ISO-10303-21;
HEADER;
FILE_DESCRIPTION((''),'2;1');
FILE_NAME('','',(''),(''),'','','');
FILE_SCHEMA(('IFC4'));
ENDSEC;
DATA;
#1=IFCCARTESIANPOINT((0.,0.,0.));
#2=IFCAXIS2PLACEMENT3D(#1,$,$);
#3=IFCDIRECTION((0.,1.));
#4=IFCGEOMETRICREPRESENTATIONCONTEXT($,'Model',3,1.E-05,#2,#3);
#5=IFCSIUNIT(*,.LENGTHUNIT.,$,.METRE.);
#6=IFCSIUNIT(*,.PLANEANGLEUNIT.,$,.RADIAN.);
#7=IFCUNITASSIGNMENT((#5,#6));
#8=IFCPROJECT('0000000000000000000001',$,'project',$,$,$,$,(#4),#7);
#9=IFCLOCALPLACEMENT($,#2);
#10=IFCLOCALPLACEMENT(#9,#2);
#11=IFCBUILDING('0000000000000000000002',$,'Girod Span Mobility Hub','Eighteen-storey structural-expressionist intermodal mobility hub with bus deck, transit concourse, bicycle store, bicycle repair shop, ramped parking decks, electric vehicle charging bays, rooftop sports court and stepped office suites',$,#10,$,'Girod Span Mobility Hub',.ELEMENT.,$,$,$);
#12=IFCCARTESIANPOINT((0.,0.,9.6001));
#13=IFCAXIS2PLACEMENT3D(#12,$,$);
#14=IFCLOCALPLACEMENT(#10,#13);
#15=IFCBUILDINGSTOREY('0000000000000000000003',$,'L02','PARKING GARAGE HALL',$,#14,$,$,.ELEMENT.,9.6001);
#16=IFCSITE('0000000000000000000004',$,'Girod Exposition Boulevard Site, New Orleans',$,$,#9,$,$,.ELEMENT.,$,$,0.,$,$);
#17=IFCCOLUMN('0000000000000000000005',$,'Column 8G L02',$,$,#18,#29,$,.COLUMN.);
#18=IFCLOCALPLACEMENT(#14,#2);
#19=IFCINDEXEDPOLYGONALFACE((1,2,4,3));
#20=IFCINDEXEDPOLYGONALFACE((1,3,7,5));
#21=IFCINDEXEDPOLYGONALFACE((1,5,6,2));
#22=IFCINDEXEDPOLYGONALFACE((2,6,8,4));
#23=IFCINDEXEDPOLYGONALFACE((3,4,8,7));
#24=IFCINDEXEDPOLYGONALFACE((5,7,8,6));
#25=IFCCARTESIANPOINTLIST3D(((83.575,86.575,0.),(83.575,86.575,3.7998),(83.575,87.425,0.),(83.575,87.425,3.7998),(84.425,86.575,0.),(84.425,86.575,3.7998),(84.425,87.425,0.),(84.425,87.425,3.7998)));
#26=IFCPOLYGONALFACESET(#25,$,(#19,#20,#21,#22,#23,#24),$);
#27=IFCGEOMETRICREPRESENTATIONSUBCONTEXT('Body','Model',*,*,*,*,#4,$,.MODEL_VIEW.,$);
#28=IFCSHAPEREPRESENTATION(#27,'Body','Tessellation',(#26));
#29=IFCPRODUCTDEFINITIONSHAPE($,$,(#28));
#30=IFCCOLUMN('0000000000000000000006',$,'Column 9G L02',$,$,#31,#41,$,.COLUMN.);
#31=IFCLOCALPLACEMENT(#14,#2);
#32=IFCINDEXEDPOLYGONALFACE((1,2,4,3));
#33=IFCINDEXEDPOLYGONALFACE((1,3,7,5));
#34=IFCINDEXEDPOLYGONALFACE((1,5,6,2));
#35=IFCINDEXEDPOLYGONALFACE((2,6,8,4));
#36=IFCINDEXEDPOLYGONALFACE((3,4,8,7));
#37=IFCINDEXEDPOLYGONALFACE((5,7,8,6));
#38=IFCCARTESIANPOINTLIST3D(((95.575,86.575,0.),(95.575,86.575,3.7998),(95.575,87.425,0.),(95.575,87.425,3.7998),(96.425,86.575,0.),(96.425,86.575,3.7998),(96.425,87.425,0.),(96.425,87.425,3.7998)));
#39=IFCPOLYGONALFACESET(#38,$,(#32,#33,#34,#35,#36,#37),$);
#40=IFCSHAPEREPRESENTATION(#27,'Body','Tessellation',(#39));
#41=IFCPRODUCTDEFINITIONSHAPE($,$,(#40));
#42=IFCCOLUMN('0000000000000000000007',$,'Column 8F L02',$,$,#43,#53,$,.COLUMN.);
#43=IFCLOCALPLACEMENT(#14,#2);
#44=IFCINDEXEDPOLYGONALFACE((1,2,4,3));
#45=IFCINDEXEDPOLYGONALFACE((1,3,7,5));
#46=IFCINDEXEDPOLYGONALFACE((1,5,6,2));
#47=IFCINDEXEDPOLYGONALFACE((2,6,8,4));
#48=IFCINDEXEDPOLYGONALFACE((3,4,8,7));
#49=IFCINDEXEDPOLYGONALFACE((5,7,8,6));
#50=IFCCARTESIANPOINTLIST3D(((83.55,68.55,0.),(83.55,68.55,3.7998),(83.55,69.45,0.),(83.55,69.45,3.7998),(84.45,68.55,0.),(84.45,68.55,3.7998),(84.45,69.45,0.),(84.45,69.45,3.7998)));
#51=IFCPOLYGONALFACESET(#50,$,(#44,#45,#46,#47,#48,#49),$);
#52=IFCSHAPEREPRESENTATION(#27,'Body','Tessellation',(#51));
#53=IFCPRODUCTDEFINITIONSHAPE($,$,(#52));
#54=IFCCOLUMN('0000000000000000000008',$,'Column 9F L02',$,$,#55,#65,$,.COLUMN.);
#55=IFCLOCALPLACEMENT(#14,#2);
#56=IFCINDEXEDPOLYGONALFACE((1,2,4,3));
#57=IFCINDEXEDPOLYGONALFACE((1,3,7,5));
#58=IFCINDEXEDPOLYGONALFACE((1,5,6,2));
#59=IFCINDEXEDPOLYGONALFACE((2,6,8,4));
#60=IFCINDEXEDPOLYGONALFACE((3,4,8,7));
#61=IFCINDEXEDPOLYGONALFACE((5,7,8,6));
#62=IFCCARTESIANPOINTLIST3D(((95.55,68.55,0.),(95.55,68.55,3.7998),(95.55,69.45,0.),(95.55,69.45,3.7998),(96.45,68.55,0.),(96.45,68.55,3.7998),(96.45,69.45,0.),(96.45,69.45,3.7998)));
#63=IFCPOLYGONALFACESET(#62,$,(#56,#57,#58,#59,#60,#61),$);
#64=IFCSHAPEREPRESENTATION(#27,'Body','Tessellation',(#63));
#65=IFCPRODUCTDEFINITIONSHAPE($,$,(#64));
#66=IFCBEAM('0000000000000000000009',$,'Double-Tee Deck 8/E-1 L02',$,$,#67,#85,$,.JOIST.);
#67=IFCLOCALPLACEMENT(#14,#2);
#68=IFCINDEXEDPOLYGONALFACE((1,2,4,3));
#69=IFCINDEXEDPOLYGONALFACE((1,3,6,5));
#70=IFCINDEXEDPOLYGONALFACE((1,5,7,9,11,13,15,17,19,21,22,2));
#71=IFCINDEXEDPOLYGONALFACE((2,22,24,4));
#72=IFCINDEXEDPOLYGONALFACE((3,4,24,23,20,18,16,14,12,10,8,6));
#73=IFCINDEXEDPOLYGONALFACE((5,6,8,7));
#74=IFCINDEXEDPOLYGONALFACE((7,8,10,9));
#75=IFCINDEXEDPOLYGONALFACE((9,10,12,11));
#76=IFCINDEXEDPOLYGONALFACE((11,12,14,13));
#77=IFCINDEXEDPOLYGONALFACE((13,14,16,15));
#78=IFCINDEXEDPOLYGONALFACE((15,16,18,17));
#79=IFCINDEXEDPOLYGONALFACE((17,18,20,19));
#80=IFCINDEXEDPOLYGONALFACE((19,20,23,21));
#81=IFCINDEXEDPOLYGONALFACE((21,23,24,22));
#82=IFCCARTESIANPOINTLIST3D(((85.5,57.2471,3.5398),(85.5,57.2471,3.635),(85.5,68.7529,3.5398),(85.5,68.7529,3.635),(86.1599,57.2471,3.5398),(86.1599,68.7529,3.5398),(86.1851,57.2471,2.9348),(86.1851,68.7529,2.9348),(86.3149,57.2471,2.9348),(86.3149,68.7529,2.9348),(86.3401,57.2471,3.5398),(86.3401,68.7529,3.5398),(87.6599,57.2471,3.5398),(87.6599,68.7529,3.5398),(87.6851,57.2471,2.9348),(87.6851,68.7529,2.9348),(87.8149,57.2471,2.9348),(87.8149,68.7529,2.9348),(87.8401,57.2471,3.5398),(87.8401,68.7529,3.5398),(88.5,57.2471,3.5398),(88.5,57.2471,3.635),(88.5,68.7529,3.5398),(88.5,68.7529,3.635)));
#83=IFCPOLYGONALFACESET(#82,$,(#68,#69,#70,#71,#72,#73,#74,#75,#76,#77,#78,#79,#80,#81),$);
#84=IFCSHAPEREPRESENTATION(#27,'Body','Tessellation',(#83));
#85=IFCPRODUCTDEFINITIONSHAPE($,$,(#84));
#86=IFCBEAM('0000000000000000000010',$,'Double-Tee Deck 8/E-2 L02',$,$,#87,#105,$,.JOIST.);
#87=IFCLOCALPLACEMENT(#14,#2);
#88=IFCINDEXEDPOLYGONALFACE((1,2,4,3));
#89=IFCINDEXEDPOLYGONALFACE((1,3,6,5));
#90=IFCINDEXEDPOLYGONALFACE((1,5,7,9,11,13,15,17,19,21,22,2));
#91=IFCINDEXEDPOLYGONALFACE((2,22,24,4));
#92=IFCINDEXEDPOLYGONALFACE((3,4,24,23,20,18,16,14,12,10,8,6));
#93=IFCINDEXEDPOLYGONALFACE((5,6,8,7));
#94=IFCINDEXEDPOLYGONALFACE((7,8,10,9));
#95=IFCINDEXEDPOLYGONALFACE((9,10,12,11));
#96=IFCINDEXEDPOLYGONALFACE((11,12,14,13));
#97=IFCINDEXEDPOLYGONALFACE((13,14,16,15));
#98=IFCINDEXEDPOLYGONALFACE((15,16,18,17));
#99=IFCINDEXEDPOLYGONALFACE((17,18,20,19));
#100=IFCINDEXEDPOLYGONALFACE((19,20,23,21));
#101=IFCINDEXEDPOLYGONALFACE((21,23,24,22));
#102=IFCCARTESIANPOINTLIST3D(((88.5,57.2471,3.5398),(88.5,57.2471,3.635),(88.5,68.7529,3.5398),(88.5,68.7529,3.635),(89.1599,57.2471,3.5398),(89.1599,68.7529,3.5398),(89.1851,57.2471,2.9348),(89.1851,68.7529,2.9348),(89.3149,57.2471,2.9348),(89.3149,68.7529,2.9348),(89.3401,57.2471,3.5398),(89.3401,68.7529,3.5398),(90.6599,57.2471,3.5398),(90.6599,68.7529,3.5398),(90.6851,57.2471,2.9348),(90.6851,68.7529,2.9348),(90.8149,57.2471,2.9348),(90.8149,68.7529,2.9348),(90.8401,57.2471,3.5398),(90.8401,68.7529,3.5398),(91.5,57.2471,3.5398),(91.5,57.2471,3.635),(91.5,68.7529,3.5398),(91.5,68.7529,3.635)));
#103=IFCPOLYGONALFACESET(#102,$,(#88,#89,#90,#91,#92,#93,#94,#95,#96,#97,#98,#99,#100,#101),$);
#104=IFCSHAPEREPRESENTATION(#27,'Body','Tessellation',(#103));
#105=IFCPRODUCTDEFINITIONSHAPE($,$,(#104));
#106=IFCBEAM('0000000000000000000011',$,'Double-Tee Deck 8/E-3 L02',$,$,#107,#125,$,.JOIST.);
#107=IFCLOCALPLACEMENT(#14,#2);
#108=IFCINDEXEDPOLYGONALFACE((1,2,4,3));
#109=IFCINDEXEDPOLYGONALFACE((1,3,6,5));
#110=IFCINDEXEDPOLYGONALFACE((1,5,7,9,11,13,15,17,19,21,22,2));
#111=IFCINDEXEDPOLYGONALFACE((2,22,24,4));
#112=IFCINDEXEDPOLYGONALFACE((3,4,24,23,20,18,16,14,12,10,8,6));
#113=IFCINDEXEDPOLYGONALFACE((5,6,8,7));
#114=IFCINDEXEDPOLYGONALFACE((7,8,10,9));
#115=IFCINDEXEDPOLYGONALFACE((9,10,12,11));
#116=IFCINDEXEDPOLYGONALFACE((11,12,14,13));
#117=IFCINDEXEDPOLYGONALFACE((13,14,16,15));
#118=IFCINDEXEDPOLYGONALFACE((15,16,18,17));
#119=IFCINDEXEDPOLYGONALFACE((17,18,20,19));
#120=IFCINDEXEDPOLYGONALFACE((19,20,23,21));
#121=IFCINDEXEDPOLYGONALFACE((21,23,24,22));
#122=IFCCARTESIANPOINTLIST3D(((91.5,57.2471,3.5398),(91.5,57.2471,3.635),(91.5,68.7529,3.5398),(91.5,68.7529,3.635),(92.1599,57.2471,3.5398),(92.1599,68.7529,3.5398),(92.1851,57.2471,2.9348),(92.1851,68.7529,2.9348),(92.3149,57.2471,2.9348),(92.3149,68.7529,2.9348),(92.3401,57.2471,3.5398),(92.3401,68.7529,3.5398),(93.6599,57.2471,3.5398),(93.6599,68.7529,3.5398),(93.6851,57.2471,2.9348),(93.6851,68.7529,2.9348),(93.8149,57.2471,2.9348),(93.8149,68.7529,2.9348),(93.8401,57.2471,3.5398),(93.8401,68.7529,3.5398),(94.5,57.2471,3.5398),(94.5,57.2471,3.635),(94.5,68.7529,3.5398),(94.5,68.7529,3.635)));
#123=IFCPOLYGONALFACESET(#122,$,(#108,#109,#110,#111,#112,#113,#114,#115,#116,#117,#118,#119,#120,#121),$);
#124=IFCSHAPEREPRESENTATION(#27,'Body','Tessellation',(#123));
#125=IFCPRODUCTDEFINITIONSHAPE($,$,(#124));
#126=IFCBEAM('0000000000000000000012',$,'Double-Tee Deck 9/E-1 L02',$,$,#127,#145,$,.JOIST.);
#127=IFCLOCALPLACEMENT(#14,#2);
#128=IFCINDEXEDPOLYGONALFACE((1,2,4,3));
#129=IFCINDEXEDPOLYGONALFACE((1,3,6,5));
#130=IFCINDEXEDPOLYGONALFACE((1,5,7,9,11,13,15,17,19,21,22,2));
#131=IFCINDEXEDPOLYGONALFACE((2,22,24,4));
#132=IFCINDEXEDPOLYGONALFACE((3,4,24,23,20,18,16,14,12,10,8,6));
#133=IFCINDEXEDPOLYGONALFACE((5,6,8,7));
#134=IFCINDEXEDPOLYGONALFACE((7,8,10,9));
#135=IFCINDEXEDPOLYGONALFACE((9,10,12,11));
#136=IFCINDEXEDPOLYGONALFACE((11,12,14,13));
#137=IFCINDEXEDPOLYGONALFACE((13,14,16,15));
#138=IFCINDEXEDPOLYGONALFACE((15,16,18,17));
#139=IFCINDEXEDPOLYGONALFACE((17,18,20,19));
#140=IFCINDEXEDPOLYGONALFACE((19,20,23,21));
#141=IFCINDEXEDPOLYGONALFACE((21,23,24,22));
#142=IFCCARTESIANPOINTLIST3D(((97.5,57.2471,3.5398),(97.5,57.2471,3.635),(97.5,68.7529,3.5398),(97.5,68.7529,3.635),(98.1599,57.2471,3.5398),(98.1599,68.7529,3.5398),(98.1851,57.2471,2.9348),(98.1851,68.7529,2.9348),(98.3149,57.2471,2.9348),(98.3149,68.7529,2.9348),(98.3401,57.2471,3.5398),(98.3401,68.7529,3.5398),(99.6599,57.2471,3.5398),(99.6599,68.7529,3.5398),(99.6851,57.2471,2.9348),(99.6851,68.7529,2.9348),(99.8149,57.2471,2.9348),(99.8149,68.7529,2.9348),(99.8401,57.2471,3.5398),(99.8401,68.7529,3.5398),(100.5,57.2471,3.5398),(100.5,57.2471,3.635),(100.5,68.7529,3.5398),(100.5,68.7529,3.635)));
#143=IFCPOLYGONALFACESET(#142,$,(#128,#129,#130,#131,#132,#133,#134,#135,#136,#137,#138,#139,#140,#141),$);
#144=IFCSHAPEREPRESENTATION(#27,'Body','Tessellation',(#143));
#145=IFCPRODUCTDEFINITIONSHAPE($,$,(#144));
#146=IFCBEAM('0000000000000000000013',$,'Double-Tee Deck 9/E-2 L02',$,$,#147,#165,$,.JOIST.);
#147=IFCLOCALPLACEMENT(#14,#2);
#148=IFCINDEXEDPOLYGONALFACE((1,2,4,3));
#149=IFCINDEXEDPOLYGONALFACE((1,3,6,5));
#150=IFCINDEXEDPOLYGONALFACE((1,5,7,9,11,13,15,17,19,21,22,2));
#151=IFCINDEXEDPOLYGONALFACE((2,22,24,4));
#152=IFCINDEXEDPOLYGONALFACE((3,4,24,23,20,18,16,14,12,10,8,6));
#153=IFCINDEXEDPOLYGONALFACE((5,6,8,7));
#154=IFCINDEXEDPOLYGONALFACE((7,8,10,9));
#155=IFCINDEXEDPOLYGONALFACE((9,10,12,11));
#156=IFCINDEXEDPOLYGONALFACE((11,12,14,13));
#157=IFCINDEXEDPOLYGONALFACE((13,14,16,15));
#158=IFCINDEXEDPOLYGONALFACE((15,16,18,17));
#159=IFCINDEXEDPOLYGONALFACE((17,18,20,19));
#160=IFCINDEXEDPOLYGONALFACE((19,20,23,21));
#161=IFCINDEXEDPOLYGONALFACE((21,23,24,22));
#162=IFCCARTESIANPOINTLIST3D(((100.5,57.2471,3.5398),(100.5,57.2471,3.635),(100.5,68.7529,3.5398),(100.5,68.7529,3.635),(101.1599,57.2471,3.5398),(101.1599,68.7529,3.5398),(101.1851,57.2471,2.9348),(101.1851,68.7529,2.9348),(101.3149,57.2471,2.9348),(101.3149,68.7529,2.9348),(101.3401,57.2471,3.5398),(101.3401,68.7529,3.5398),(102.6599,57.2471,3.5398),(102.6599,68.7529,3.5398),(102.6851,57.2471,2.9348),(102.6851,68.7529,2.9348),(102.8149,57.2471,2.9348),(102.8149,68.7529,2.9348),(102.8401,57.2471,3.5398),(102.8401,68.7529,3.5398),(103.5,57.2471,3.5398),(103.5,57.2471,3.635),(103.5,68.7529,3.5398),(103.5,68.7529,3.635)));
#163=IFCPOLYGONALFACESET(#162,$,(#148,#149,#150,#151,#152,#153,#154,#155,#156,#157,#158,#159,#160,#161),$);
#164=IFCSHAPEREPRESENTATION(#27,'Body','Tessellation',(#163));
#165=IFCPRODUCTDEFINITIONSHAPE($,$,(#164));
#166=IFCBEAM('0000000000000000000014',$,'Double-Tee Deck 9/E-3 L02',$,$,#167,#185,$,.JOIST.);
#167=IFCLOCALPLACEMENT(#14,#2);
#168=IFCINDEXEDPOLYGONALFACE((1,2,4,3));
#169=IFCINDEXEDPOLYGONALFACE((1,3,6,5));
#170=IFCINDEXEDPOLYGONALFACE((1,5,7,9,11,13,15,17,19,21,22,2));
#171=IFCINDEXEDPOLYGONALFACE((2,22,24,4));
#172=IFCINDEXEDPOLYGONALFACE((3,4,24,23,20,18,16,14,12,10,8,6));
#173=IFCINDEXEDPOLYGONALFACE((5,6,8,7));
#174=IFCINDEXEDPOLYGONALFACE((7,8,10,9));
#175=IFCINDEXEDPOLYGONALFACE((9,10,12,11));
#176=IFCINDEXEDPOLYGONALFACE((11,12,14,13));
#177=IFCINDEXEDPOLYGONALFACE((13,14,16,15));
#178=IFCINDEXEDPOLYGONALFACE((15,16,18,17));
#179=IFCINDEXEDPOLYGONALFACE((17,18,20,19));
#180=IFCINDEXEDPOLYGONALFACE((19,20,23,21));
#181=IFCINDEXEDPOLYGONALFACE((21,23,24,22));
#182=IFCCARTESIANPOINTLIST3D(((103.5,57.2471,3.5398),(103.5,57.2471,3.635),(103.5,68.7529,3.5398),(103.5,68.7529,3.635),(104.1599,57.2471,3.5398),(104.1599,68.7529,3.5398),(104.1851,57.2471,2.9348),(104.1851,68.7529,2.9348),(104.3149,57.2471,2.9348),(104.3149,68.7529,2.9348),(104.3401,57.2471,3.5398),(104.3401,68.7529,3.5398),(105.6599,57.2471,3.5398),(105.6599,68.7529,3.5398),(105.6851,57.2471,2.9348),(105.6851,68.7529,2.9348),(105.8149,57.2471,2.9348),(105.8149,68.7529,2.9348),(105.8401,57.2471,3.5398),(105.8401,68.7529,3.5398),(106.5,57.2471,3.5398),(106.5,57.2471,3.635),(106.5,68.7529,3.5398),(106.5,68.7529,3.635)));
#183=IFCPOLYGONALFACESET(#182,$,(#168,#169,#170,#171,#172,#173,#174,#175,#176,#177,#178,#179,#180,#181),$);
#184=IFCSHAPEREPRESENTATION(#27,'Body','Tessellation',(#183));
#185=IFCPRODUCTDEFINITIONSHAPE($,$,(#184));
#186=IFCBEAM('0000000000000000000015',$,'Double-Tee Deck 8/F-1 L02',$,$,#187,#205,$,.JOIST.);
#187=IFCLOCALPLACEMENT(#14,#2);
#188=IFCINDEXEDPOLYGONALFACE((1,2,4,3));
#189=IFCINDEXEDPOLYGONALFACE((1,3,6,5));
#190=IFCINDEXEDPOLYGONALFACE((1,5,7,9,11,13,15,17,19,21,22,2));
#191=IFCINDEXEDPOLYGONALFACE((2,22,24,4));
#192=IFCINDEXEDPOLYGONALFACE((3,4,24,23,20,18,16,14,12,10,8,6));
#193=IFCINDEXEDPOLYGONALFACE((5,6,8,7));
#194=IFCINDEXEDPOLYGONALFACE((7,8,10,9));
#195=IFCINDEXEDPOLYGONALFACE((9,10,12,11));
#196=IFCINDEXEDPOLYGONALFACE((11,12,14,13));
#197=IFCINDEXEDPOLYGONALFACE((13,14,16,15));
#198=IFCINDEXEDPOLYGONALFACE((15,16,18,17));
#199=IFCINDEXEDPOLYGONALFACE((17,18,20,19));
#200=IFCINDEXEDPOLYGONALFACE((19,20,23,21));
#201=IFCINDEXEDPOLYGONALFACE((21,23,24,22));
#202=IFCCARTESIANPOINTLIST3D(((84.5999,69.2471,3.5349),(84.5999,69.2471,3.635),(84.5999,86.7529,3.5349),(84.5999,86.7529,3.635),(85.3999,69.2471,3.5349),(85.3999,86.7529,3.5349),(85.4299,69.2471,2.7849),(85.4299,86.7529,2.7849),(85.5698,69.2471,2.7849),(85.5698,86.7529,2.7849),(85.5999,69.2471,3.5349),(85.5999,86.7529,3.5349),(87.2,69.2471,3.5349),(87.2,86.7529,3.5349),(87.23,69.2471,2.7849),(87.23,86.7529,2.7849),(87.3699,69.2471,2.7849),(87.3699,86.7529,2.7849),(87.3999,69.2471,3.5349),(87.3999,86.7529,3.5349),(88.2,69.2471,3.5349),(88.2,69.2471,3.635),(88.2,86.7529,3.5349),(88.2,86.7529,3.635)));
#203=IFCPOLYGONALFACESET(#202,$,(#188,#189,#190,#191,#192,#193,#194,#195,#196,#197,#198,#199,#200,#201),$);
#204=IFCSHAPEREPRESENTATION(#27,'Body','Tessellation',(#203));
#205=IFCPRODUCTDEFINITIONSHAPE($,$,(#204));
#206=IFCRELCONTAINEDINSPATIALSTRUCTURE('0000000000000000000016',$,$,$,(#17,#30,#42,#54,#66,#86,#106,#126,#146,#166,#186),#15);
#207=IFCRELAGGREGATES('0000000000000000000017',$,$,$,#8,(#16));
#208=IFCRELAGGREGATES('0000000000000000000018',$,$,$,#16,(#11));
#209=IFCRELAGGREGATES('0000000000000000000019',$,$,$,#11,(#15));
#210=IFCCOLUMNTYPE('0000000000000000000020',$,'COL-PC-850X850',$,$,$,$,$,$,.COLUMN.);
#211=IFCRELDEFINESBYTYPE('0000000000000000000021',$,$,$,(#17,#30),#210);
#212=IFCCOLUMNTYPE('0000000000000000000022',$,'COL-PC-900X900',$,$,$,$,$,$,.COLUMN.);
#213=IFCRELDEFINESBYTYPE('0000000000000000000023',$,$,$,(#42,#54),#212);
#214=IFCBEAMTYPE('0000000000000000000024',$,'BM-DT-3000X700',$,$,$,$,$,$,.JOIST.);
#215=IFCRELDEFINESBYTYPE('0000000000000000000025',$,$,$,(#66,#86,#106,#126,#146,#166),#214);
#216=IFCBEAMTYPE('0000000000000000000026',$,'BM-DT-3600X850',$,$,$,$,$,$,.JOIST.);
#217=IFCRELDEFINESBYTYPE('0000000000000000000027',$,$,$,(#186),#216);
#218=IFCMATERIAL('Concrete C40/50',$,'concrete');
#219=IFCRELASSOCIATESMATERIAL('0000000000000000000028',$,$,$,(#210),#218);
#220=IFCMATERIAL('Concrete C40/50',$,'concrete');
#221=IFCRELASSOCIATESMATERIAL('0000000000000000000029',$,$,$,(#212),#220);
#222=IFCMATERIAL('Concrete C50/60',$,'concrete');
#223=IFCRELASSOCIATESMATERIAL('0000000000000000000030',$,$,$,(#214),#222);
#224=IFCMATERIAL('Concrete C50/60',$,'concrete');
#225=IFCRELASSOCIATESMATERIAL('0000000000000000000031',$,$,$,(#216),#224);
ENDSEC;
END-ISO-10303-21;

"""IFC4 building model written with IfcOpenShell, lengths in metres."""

from ifc_helpers import new_model, si_unit, direction, frame, origin, origin_2d, place, context, subcontext, project, spatial, polyline, rectangle, outline, extrude, material, material_profile, profile_set, type_object, element, save


model = new_model("IFC4")

# Units and contexts
model_context = context("Model", 3, precision=1e-05, world=origin(), true_north=direction((0.0, 1.0)))
body_context = subcontext(model_context, "Body", "Model", "MODEL_VIEW")
ifc_project = project(units=[si_unit("LENGTHUNIT", "METRE"), si_unit("PLANEANGLEUNIT", "RADIAN")], contexts=[model_context])

# Site, building, storey
site_placement = place(None, origin())
site = spatial("IfcSite", under=ifc_project, at=site_placement, Name="Girod Exposition Boulevard Site, New Orleans", CompositionType="ELEMENT", RefElevation=0.0)
building_placement = place(site_placement, origin())
building = spatial("IfcBuilding", under=site, at=building_placement, Name="Girod Span Mobility Hub", Description="Eighteen-storey structural-expressionist intermodal mobility hub with bus deck, transit concourse, bicycle store, bicycle repair shop, ramped parking decks, electric vehicle charging bays, rooftop sports court and stepped office suites", LongName="Girod Span Mobility Hub", CompositionType="ELEMENT")
storey_placement = place(building_placement, frame((0.0, 0.0, 9.6001)))
storey = spatial("IfcBuildingStorey", under=building, at=storey_placement, Name="L02", Description="PARKING GARAGE HALL", CompositionType="ELEMENT", Elevation=9.6001)

# Columns
ifc_material_1 = material(Name="Concrete C40/50", Category="concrete")
ifc_material_profile_1 = material_profile(ifc_material_1, rectangle(XDim=0.8501, YDim=0.8501, at=origin_2d()), Name="PC-COL-850X850")
ifc_profile_set_1 = profile_set([ifc_material_profile_1], Name="Concrete C40/50")
column_type_1 = type_object("IfcColumnType", Name="COL-PC-850X850", PredefinedType="COLUMN", material=ifc_profile_set_1)
for number, where, z_axis, x_axis, name in (
    (1, (84.0, 87.0, 0.0), (0.0, 0.0, 1.0), (1.0, 0.0, 0.0), "Column 8G L02"),
    (2, (96.0, 87.0, 0.0), (0.0, 0.0, 1.0), (1.0, 0.0, 0.0), "Column 9G L02"),
):
    element("IfcColumn", number, at=place(storey_placement, frame(where, z_axis=z_axis, x_axis=x_axis)), inside=storey, type_object=column_type_1, Name=name, PredefinedType="COLUMN", context=body_context, shape_type="SweptSolid", body=[
        extrude(rectangle(XDim=0.8501, YDim=0.8501, at=origin_2d()), origin(), (0.0, 0.0, 1.0), 3.7998),
    ])
ifc_material_2 = material(Name="Concrete C40/50", Category="concrete")
ifc_material_profile_2 = material_profile(ifc_material_2, rectangle(XDim=0.8999, YDim=0.8999, at=origin_2d()), Name="PC-COL-900X900")
ifc_profile_set_2 = profile_set([ifc_material_profile_2], Name="Concrete C40/50")
column_type_2 = type_object("IfcColumnType", Name="COL-PC-900X900", PredefinedType="COLUMN", material=ifc_profile_set_2)
for number, where, z_axis, x_axis, name in (
    (3, (84.0, 69.0, 0.0), (0.0, 0.0, 1.0), (1.0, 0.0, 0.0), "Column 8F L02"),
    (4, (96.0, 69.0, 0.0), (0.0, 0.0, 1.0), (1.0, 0.0, 0.0), "Column 9F L02"),
):
    element("IfcColumn", number, at=place(storey_placement, frame(where, z_axis=z_axis, x_axis=x_axis)), inside=storey, type_object=column_type_2, Name=name, PredefinedType="COLUMN", context=body_context, shape_type="SweptSolid", body=[
        extrude(rectangle(XDim=0.8999, YDim=0.8999, at=origin_2d()), origin(), (0.0, 0.0, 1.0), 3.7998),
    ])

# Beams
ifc_material_3 = material(Name="Concrete C50/60", Category="concrete")
ifc_material_profile_3 = material_profile(ifc_material_3, outline(polyline([(-1.5, 0.3501), (-1.5, 0.2549), (-0.8401, 0.2549), (-0.8149, -0.3501), (-0.6851, -0.3501), (-0.6599, 0.2549), (0.6599, 0.2549), (0.6851, -0.3501), (0.8149, -0.3501), (0.8401, 0.2549), (1.5, 0.2549), (1.5, 0.3501), (-1.5, 0.3501)])), Name="DT-3000X700")
ifc_profile_set_3 = profile_set([ifc_material_profile_3], Name="Concrete C50/60")
beam_type_1 = type_object("IfcBeamType", Name="BM-DT-3000X700", PredefinedType="JOIST", material=ifc_profile_set_3)
for number, where, z_axis, x_axis, name in (
    (5, (87.0, 57.2471, 3.2849), (0.0, 1.0, 0.0), (-1.0, 0.0, 0.0), "Double-Tee Deck 8/E-1 L02"),
    (6, (90.0, 57.2471, 3.2849), (0.0, 1.0, 0.0), (-1.0, 0.0, 0.0), "Double-Tee Deck 8/E-2 L02"),
    (7, (93.0, 57.2471, 3.2849), (0.0, 1.0, 0.0), (-1.0, 0.0, 0.0), "Double-Tee Deck 8/E-3 L02"),
    (8, (99.0, 57.2471, 3.2849), (0.0, 1.0, 0.0), (-1.0, 0.0, 0.0), "Double-Tee Deck 9/E-1 L02"),
    (9, (102.0, 57.2471, 3.2849), (0.0, 1.0, 0.0), (-1.0, 0.0, 0.0), "Double-Tee Deck 9/E-2 L02"),
    (10, (105.0, 57.2471, 3.2849), (0.0, 1.0, 0.0), (-1.0, 0.0, 0.0), "Double-Tee Deck 9/E-3 L02"),
):
    element("IfcBeam", number, at=place(storey_placement, frame(where, z_axis=z_axis, x_axis=x_axis)), inside=storey, type_object=beam_type_1, Name=name, PredefinedType="JOIST", context=body_context, shape_type="SweptSolid", body=[
        extrude(outline(polyline([(-1.5, 0.3501), (-1.5, 0.2549), (-0.8401, 0.2549), (-0.8149, -0.3501), (-0.6851, -0.3501), (-0.6599, 0.2549), (0.6599, 0.2549), (0.6851, -0.3501), (0.8149, -0.3501), (0.8401, 0.2549), (1.5, 0.2549), (1.5, 0.3501), (-1.5, 0.3501)])), origin(), (0.0, 0.0, 1.0), 11.5059),
    ])
ifc_material_4 = material(Name="Concrete C50/60", Category="concrete")
ifc_material_profile_4 = material_profile(ifc_material_4, outline(polyline([(-1.8, 0.425), (-1.8, 0.325), (-1.0, 0.325), (-0.97, -0.425), (-0.8301, -0.425), (-0.8, 0.325), (0.8, 0.325), (0.8301, -0.425), (0.97, -0.425), (1.0, 0.325), (1.8, 0.325), (1.8, 0.425), (-1.8, 0.425)])), Name="DT-3600X850")
ifc_profile_set_4 = profile_set([ifc_material_profile_4], Name="Concrete C50/60")
beam_type_2 = type_object("IfcBeamType", Name="BM-DT-3600X850", PredefinedType="JOIST", material=ifc_profile_set_4)
for number, where, z_axis, x_axis, name in (
    (11, (86.3999, 69.2471, 3.21), (0.0, 1.0, 0.0), (-1.0, 0.0, 0.0), "Double-Tee Deck 8/F-1 L02"),
):
    element("IfcBeam", number, at=place(storey_placement, frame(where, z_axis=z_axis, x_axis=x_axis)), inside=storey, type_object=beam_type_2, Name=name, PredefinedType="JOIST", context=body_context, shape_type="SweptSolid", body=[
        extrude(outline(polyline([(-1.8, 0.425), (-1.8, 0.325), (-1.0, 0.325), (-0.97, -0.425), (-0.8301, -0.425), (-0.8, 0.325), (0.8, 0.325), (0.8301, -0.425), (0.97, -0.425), (1.0, 0.325), (1.8, 0.325), (1.8, 0.425), (-1.8, 0.425)])), origin(), (0.0, 0.0, 1.0), 17.5059),
    ])

save(model, "model.ifc")
